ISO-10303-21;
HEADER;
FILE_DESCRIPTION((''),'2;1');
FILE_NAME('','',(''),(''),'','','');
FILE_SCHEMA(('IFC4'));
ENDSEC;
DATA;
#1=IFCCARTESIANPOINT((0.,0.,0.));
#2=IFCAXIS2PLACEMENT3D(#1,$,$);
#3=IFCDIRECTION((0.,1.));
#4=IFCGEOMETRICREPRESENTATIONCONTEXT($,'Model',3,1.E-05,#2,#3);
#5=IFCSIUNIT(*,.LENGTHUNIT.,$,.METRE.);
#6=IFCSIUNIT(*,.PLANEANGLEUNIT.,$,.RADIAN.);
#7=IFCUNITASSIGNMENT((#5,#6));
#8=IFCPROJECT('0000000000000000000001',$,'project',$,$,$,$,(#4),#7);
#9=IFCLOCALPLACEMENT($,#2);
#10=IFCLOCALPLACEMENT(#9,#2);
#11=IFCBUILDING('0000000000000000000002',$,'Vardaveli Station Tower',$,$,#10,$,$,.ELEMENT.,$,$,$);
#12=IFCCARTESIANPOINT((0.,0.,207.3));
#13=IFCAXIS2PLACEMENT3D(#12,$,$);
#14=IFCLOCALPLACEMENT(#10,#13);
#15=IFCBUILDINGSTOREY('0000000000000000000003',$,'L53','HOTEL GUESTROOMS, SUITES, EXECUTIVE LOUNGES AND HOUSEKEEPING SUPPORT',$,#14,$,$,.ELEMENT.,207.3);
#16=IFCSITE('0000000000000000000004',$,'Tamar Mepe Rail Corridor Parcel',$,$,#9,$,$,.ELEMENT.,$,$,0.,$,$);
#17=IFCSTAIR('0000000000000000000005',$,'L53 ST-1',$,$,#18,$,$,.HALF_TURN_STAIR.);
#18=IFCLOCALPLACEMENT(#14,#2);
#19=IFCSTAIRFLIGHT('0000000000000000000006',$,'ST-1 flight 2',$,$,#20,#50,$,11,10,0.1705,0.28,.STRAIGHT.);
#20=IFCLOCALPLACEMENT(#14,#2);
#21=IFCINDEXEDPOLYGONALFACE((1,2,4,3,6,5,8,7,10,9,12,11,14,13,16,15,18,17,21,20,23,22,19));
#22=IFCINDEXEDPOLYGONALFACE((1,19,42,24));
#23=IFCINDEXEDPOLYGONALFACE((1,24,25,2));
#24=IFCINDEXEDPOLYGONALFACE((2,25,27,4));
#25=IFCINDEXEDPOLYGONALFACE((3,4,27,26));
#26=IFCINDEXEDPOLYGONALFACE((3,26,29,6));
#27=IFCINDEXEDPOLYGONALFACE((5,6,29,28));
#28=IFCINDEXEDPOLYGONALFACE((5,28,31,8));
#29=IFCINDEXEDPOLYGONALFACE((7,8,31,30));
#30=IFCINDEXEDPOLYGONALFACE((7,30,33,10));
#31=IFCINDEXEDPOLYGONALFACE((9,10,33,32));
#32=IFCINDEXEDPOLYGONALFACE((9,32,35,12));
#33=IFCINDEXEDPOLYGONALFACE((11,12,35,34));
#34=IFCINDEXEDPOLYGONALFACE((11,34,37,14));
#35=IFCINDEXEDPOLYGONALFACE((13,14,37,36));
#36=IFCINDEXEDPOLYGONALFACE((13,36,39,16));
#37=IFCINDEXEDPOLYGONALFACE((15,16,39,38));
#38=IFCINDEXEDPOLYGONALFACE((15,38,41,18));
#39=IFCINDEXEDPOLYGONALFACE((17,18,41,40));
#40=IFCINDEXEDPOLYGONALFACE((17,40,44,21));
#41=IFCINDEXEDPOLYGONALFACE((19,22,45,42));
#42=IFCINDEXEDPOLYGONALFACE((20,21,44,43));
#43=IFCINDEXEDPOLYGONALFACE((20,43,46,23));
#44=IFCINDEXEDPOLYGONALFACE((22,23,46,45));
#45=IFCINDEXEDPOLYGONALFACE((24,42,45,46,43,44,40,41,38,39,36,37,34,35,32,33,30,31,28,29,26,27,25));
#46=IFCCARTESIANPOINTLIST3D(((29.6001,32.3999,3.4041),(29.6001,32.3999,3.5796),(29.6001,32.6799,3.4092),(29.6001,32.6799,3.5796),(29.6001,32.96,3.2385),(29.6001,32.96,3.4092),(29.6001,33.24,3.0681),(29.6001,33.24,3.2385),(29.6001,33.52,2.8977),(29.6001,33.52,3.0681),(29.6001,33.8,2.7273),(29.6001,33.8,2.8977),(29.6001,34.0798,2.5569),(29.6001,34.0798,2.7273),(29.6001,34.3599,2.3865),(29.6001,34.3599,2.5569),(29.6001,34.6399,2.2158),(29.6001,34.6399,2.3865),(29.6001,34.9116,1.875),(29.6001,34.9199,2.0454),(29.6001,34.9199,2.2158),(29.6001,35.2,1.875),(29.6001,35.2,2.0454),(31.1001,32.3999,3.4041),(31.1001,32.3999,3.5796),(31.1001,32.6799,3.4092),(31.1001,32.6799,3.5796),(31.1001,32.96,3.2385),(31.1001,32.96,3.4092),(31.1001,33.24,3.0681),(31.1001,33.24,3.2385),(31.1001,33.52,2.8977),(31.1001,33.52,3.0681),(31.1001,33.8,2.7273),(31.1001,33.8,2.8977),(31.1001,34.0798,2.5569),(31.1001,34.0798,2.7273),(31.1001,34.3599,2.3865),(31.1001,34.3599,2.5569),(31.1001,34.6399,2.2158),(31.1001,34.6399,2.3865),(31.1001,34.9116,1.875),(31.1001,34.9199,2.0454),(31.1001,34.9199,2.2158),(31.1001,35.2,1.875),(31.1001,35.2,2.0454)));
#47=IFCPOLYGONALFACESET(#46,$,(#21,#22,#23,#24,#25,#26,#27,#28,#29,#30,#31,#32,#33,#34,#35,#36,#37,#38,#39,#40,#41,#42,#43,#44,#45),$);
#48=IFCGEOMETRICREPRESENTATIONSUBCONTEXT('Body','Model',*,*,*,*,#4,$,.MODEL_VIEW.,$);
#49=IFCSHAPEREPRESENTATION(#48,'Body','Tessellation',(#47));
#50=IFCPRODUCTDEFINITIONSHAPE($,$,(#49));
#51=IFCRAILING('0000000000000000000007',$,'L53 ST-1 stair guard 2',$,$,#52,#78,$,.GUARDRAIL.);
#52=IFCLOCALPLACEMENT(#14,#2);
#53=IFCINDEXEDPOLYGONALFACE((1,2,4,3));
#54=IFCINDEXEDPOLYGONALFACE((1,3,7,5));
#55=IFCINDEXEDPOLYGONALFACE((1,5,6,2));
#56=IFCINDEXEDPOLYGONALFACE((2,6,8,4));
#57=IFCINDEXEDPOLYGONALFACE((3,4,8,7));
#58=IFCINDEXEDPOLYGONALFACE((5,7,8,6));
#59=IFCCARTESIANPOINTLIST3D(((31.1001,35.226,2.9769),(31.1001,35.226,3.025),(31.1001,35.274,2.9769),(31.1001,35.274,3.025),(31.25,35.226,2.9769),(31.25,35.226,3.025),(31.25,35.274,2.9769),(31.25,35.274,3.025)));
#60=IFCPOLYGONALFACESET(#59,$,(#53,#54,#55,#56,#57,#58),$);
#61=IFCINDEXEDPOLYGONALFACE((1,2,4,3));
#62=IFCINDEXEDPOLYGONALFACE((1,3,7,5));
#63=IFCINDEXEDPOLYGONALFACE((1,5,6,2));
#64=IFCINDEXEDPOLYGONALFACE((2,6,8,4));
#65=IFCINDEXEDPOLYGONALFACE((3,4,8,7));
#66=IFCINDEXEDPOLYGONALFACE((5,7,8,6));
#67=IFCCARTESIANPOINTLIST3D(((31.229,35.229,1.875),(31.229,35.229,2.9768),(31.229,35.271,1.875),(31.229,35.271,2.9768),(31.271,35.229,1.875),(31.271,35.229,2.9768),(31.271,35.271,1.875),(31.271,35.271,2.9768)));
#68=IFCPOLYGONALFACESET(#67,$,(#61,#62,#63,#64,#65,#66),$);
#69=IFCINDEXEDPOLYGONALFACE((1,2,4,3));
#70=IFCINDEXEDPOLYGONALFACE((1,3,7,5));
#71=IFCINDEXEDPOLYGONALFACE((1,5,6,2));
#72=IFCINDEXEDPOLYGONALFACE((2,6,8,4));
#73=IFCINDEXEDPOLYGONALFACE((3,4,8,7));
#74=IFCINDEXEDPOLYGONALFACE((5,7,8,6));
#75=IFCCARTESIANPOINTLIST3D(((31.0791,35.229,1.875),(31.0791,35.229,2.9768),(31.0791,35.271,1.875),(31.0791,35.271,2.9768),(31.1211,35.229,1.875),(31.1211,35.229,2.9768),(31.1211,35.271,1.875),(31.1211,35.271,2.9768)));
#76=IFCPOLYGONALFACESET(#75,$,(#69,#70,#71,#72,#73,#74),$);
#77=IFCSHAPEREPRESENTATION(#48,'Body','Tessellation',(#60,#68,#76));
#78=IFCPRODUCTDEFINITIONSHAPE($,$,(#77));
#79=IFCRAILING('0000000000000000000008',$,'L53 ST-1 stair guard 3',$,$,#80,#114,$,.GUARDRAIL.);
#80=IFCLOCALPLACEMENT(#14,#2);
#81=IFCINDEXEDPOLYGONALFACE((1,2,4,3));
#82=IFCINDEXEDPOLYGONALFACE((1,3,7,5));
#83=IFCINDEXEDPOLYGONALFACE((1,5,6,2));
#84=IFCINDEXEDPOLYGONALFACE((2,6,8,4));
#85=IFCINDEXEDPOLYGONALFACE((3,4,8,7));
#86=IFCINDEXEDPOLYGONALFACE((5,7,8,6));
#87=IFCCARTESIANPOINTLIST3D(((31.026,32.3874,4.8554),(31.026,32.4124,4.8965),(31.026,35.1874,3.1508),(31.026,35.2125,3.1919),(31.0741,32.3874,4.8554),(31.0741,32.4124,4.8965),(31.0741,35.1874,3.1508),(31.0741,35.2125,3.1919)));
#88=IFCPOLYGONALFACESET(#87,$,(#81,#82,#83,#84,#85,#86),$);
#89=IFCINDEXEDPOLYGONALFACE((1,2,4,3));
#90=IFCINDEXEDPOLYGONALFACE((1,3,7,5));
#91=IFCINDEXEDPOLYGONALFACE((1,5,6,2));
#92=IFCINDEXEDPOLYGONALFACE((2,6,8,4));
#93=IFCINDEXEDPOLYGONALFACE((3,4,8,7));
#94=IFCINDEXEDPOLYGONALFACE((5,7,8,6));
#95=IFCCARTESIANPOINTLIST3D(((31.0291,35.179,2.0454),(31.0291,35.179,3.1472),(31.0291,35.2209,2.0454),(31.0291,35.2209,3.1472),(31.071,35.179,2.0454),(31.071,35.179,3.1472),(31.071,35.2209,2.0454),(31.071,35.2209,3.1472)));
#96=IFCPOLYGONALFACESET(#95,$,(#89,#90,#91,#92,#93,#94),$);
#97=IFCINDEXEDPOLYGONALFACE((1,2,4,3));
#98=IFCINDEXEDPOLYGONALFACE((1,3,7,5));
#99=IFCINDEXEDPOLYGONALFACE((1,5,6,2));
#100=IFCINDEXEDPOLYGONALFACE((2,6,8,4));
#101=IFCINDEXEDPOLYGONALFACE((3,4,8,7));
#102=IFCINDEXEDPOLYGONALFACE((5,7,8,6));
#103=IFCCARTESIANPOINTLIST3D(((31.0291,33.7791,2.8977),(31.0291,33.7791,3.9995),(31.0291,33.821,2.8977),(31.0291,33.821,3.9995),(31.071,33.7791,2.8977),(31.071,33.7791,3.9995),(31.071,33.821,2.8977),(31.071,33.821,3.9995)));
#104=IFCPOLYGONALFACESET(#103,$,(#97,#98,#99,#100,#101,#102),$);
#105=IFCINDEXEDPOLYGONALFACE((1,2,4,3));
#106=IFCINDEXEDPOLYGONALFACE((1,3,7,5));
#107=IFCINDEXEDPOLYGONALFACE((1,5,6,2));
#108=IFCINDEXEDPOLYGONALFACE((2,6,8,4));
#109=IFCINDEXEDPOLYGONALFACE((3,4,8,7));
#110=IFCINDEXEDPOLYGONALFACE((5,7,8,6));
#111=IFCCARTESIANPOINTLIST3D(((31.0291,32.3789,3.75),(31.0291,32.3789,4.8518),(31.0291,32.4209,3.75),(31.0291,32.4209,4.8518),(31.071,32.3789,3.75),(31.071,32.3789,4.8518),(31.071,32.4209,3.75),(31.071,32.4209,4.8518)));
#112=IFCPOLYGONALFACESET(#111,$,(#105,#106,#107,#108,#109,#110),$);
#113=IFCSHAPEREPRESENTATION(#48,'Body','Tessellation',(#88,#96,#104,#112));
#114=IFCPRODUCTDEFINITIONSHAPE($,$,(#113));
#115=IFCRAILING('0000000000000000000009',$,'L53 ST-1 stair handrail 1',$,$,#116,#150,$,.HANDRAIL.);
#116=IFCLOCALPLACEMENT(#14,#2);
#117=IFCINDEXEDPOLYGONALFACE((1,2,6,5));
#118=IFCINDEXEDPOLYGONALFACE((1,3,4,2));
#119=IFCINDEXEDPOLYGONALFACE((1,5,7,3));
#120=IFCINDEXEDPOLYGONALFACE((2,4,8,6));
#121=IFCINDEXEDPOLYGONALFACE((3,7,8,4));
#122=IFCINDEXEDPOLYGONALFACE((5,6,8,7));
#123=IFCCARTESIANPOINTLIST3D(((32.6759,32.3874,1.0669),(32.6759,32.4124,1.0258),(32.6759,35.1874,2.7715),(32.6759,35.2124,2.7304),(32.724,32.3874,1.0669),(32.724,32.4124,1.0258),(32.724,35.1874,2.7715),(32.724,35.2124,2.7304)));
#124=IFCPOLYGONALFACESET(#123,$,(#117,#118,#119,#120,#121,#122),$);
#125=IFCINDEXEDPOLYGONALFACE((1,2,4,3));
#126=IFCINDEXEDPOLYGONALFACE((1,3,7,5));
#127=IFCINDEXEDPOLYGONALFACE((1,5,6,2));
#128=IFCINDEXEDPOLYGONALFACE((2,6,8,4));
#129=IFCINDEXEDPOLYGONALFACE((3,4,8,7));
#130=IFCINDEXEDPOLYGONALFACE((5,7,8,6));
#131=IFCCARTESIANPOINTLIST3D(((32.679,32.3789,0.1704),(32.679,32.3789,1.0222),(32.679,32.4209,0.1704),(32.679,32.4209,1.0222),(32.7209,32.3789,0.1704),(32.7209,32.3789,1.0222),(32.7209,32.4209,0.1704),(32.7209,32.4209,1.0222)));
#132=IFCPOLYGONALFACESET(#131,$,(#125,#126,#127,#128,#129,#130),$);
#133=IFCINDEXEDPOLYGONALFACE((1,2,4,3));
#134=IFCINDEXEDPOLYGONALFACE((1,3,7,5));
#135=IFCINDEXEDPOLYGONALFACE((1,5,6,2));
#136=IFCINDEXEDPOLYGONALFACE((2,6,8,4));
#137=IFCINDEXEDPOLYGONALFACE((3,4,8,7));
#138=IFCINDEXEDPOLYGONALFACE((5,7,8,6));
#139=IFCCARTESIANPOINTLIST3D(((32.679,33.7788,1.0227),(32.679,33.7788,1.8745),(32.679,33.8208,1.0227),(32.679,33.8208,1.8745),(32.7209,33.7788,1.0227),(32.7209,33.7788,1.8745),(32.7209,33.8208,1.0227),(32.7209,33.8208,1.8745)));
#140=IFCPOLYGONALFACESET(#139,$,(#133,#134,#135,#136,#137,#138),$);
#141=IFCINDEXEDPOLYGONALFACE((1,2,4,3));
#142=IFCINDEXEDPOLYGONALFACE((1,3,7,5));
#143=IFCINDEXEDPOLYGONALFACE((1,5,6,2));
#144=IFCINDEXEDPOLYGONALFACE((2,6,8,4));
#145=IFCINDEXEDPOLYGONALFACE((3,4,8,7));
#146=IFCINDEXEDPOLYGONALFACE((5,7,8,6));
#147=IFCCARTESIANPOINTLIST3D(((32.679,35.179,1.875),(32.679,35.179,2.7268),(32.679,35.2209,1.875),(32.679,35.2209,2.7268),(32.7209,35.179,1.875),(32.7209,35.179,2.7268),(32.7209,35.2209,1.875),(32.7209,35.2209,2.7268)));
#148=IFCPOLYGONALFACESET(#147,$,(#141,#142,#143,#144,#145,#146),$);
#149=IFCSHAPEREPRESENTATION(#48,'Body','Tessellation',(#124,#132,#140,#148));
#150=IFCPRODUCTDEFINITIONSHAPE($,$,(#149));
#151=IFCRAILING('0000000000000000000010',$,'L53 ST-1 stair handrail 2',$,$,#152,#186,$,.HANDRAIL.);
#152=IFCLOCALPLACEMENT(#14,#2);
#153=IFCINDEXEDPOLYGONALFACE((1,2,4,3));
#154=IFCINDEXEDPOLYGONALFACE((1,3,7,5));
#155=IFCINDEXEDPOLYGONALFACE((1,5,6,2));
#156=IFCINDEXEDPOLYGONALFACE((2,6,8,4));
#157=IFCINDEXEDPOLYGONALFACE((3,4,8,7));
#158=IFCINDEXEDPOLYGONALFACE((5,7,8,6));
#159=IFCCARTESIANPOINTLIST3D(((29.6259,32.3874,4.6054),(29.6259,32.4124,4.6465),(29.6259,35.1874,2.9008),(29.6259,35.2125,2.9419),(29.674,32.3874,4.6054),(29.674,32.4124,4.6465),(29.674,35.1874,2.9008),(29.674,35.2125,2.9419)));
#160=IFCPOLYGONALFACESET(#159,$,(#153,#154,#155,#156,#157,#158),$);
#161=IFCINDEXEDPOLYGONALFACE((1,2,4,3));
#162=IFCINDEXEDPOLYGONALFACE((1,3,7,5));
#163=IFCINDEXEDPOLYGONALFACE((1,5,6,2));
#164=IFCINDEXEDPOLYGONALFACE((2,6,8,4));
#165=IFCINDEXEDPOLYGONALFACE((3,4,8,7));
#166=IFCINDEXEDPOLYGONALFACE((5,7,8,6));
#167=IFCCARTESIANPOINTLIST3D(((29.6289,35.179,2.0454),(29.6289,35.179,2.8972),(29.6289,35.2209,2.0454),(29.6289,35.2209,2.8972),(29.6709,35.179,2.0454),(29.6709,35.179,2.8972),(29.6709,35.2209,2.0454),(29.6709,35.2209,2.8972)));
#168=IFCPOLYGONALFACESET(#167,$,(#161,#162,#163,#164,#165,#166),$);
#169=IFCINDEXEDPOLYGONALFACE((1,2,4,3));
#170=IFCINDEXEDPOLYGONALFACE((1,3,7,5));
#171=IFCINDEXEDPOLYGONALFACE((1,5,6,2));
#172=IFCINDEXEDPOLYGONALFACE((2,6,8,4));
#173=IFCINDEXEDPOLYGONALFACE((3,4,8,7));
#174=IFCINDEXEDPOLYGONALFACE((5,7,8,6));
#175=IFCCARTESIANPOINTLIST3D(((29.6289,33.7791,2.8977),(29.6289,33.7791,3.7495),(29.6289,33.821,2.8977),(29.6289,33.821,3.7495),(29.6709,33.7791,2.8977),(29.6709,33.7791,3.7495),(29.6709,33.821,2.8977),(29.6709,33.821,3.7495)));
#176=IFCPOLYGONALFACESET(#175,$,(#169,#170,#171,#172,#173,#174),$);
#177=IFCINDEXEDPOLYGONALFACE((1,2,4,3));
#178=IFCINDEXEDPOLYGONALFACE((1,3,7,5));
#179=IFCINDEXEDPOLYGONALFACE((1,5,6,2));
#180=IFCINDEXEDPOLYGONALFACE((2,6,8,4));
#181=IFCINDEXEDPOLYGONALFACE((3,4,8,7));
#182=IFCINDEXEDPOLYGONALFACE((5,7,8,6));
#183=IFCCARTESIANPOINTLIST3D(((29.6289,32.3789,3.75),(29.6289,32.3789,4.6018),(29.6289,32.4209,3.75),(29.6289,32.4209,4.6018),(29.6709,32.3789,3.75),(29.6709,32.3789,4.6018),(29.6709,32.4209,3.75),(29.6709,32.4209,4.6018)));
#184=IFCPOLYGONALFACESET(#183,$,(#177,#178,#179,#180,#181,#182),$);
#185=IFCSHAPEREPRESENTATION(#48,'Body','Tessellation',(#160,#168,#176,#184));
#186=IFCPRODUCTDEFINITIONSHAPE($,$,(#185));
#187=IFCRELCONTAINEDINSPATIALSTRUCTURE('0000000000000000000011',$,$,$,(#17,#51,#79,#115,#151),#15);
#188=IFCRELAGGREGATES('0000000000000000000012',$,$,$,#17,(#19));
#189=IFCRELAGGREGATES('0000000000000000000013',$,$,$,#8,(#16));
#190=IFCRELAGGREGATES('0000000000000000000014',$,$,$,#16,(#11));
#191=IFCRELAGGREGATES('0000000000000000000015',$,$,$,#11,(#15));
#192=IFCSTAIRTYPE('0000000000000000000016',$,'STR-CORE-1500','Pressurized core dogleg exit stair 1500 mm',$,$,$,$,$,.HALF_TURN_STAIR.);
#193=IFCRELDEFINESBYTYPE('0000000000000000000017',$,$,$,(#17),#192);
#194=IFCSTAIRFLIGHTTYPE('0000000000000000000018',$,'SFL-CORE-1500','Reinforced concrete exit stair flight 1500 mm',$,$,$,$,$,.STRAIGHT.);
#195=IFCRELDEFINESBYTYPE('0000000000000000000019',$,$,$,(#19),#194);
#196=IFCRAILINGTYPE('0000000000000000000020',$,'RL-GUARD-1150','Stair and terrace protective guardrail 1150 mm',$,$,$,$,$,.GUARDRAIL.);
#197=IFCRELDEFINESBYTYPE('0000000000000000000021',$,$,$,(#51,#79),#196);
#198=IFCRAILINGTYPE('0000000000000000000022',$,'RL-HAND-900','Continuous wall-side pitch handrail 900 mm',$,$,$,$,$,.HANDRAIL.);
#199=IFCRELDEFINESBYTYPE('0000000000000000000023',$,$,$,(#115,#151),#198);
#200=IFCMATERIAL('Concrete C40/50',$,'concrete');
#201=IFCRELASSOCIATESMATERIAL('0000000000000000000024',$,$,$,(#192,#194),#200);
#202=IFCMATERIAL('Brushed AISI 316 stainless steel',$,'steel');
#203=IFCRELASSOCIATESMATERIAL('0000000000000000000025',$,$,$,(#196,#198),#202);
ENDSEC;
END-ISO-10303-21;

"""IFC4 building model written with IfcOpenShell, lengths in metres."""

from ifc_helpers import new_model, si_unit, direction, frame, origin, origin_2d, place, context, subcontext, project, spatial, polyline, rectangle, outline, extrude, source, transform, mapped, material, type_object, element, aggregate, save


model = new_model("IFC4")

# Units and contexts
model_context = context("Model", 3, precision=1e-05, world=origin(), true_north=direction((0.0, 1.0)))
body_context = subcontext(model_context, "Body", "Model", "MODEL_VIEW")
ifc_project = project(units=[si_unit("LENGTHUNIT", "METRE"), si_unit("PLANEANGLEUNIT", "RADIAN")], contexts=[model_context])

# Site, building, storey
site_placement = place(None, origin())
site = spatial("IfcSite", under=ifc_project, at=site_placement, Name="Tamar Mepe Rail Corridor Parcel", CompositionType="ELEMENT", RefElevation=0.0)
building_placement = place(site_placement, origin())
building = spatial("IfcBuilding", under=site, at=building_placement, Name="Vardaveli Station Tower", CompositionType="ELEMENT")
storey_placement = place(building_placement, frame((0.0, 0.0, 207.3)))
storey = spatial("IfcBuildingStorey", under=building, at=storey_placement, Name="L53", Description="HOTEL GUESTROOMS, SUITES, EXECUTIVE LOUNGES AND HOUSEKEEPING SUPPORT", CompositionType="ELEMENT", Elevation=207.3)

# Shared definitions
ifc_material_1 = material(Name="Concrete C40/50", Category="concrete")

# Stair, stair flight
stair_type = type_object("IfcStairType", Name="STR-CORE-1500", Description="Pressurized core dogleg exit stair 1500 mm", PredefinedType="HALF_TURN_STAIR", material=ifc_material_1)
stair_placement = place(storey_placement, origin())
stair = element("IfcStair", 1, at=stair_placement, inside=storey, type_object=stair_type, Name="L53 ST-1", PredefinedType="HALF_TURN_STAIR")
stair_flight_type = type_object("IfcStairFlightType", Name="SFL-CORE-1500", Description="Reinforced concrete exit stair flight 1500 mm", PredefinedType="STRAIGHT", material=ifc_material_1)
shared_shape_1 = source(origin(), body_context, "Body", "SweptSolid", [
    extrude(outline(polyline([(0.0, 0.0), (0.0, 0.1704), (0.28, 0.1704), (0.28, 0.3408), (0.5601, 0.3408), (0.5601, 0.5115), (0.8401, 0.5115), (0.8401, 0.6819), (1.1201, 0.6819), (1.1201, 0.8523), (1.3999, 0.8523), (1.3999, 1.0227), (1.6799, 1.0227), (1.6799, 1.1931), (1.96, 1.1931), (1.96, 1.3635), (2.24, 1.3635), (2.24, 1.5342), (2.52, 1.5342), (2.52, 1.7046), (2.8, 1.7046), (2.8, 1.875), (2.8, 1.5291), (0.2883, 0.0), (0.0, 0.0)])), frame((0.0, 0.75, 0.0), z_axis=(0.0, -1.0, 0.0), x_axis=(1.0, 0.0, 0.0)), (0.0, 0.0, 1.0), 1.5),
])
stair_flight_1_placement = place(storey_placement, frame((30.3501, 35.2, 1.875), z_axis=(0.0, 0.0, 1.0), x_axis=(0.0, -1.0, 0.0)))
stair_flight_1 = element("IfcStairFlight", 2, at=stair_flight_1_placement, type_object=stair_flight_type, Name="ST-1 flight 2", NumberOfRisers=11, NumberOfTreads=10, PredefinedType="STRAIGHT", RiserHeight=0.1705, TreadLength=0.28, context=body_context, shape_type="MappedRepresentation", body=[
    mapped(shared_shape_1, transform((0.0, 0.0, 0.0), scale=1.0)),
])
aggregate(stair, [stair_flight_1])

# Railings
ifc_material_2 = material(Name="Brushed AISI 316 stainless steel", Category="steel")
railing_type_1 = type_object("IfcRailingType", Name="RL-GUARD-1150", Description="Stair and terrace protective guardrail 1150 mm", PredefinedType="GUARDRAIL", material=ifc_material_2)
shared_shape_2 = source(origin(), body_context, "Body", "SweptSolid", [
    extrude(rectangle(XDim=0.0481, YDim=0.0481, at=origin_2d()), frame((0.0, 0.0, 1.126), z_axis=(-1.0, 0.0, 0.0), x_axis=(0.0, -1.0, 0.0)), (0.0, 0.0, 1.0), 0.1499),
    extrude(rectangle(XDim=0.042, YDim=0.042, at=origin_2d()), origin(), (0.0, 0.0, 1.0), 1.1018),
    extrude(rectangle(XDim=0.042, YDim=0.042, at=origin_2d()), frame((-0.1499, 0.0, 0.0)), (0.0, 0.0, 1.0), 1.1018),
])
railing_1_placement = place(storey_placement, frame((31.25, 35.25, 1.875)))
element("IfcRailing", 3, at=railing_1_placement, inside=storey, type_object=railing_type_1, Name="L53 ST-1 stair guard 2", PredefinedType="GUARDRAIL", context=body_context, shape_type="MappedRepresentation", body=[
    mapped(shared_shape_2, transform((0.0, 0.0, 0.0), scale=1.0)),
])
shared_shape_3 = source(origin(), body_context, "Body", "SweptSolid", [
    extrude(rectangle(XDim=0.0481, YDim=0.0481, at=origin_2d()), frame((0.0, 0.0, 1.126), z_axis=(0.0, -0.85417, 0.519994), x_axis=(1.0, 0.0, 0.0)), (0.0, 0.0, 1.0), 3.2781),
    extrude(rectangle(XDim=0.042, YDim=0.042, at=origin_2d()), origin(), (0.0, 0.0, 1.0), 1.1018),
    extrude(rectangle(XDim=0.042, YDim=0.042, at=origin_2d()), frame((0.0, -1.3999, 0.8523)), (0.0, 0.0, 1.0), 1.1018),
    extrude(rectangle(XDim=0.042, YDim=0.042, at=origin_2d()), frame((0.0, -2.8, 1.7046)), (0.0, 0.0, 1.0), 1.1018),
])
railing_2_placement = place(storey_placement, frame((31.05, 35.2, 2.0454)))
element("IfcRailing", 4, at=railing_2_placement, inside=storey, type_object=railing_type_1, Name="L53 ST-1 stair guard 3", PredefinedType="GUARDRAIL", context=body_context, shape_type="MappedRepresentation", body=[
    mapped(shared_shape_3, transform((0.0, 0.0, 0.0), scale=1.0)),
])
railing_type_2 = type_object("IfcRailingType", Name="RL-HAND-900", Description="Continuous wall-side pitch handrail 900 mm", PredefinedType="HANDRAIL", material=ifc_material_2)
shared_shape_4 = source(origin(), body_context, "Body", "SweptSolid", [
    extrude(rectangle(XDim=0.0481, YDim=0.0481, at=origin_2d()), frame((0.0, 0.0, 0.876), z_axis=(0.0, 0.85417, 0.519994), x_axis=(-1.0, 0.0, 0.0)), (0.0, 0.0, 1.0), 3.2781),
    extrude(rectangle(XDim=0.042, YDim=0.042, at=origin_2d()), origin(), (0.0, 0.0, 1.0), 0.8518),
    extrude(rectangle(XDim=0.042, YDim=0.042, at=origin_2d()), frame((0.0, 1.3999, 0.8523)), (0.0, 0.0, 1.0), 0.8518),
    extrude(rectangle(XDim=0.042, YDim=0.042, at=origin_2d()), frame((0.0, 2.8, 1.7046)), (0.0, 0.0, 1.0), 0.8518),
])
railing_3_placement = place(storey_placement, frame((32.7, 32.3999, 0.1704)))
element("IfcRailing", 5, at=railing_3_placement, inside=storey, type_object=railing_type_2, Name="L53 ST-1 stair handrail 1", PredefinedType="HANDRAIL", context=body_context, shape_type="MappedRepresentation", body=[
    mapped(shared_shape_4, transform((0.0, 0.0, 0.0), scale=1.0)),
])
shared_shape_5 = source(origin(), body_context, "Body", "SweptSolid", [
    extrude(rectangle(XDim=0.0481, YDim=0.0481, at=origin_2d()), frame((0.0, 0.0, 0.876), z_axis=(0.0, -0.85417, 0.519994), x_axis=(1.0, 0.0, 0.0)), (0.0, 0.0, 1.0), 3.2781),
    extrude(rectangle(XDim=0.042, YDim=0.042, at=origin_2d()), origin(), (0.0, 0.0, 1.0), 0.8518),
    extrude(rectangle(XDim=0.042, YDim=0.042, at=origin_2d()), frame((0.0, -1.3999, 0.8523)), (0.0, 0.0, 1.0), 0.8518),
    extrude(rectangle(XDim=0.042, YDim=0.042, at=origin_2d()), frame((0.0, -2.8, 1.7046)), (0.0, 0.0, 1.0), 0.8518),
])
railing_4_placement = place(storey_placement, frame((29.6499, 35.2, 2.0454)))
element("IfcRailing", 6, at=railing_4_placement, inside=storey, type_object=railing_type_2, Name="L53 ST-1 stair handrail 2", PredefinedType="HANDRAIL", context=body_context, shape_type="MappedRepresentation", body=[
    mapped(shared_shape_5, transform((0.0, 0.0, 0.0), scale=1.0)),
])

save(model, "model.ifc")
